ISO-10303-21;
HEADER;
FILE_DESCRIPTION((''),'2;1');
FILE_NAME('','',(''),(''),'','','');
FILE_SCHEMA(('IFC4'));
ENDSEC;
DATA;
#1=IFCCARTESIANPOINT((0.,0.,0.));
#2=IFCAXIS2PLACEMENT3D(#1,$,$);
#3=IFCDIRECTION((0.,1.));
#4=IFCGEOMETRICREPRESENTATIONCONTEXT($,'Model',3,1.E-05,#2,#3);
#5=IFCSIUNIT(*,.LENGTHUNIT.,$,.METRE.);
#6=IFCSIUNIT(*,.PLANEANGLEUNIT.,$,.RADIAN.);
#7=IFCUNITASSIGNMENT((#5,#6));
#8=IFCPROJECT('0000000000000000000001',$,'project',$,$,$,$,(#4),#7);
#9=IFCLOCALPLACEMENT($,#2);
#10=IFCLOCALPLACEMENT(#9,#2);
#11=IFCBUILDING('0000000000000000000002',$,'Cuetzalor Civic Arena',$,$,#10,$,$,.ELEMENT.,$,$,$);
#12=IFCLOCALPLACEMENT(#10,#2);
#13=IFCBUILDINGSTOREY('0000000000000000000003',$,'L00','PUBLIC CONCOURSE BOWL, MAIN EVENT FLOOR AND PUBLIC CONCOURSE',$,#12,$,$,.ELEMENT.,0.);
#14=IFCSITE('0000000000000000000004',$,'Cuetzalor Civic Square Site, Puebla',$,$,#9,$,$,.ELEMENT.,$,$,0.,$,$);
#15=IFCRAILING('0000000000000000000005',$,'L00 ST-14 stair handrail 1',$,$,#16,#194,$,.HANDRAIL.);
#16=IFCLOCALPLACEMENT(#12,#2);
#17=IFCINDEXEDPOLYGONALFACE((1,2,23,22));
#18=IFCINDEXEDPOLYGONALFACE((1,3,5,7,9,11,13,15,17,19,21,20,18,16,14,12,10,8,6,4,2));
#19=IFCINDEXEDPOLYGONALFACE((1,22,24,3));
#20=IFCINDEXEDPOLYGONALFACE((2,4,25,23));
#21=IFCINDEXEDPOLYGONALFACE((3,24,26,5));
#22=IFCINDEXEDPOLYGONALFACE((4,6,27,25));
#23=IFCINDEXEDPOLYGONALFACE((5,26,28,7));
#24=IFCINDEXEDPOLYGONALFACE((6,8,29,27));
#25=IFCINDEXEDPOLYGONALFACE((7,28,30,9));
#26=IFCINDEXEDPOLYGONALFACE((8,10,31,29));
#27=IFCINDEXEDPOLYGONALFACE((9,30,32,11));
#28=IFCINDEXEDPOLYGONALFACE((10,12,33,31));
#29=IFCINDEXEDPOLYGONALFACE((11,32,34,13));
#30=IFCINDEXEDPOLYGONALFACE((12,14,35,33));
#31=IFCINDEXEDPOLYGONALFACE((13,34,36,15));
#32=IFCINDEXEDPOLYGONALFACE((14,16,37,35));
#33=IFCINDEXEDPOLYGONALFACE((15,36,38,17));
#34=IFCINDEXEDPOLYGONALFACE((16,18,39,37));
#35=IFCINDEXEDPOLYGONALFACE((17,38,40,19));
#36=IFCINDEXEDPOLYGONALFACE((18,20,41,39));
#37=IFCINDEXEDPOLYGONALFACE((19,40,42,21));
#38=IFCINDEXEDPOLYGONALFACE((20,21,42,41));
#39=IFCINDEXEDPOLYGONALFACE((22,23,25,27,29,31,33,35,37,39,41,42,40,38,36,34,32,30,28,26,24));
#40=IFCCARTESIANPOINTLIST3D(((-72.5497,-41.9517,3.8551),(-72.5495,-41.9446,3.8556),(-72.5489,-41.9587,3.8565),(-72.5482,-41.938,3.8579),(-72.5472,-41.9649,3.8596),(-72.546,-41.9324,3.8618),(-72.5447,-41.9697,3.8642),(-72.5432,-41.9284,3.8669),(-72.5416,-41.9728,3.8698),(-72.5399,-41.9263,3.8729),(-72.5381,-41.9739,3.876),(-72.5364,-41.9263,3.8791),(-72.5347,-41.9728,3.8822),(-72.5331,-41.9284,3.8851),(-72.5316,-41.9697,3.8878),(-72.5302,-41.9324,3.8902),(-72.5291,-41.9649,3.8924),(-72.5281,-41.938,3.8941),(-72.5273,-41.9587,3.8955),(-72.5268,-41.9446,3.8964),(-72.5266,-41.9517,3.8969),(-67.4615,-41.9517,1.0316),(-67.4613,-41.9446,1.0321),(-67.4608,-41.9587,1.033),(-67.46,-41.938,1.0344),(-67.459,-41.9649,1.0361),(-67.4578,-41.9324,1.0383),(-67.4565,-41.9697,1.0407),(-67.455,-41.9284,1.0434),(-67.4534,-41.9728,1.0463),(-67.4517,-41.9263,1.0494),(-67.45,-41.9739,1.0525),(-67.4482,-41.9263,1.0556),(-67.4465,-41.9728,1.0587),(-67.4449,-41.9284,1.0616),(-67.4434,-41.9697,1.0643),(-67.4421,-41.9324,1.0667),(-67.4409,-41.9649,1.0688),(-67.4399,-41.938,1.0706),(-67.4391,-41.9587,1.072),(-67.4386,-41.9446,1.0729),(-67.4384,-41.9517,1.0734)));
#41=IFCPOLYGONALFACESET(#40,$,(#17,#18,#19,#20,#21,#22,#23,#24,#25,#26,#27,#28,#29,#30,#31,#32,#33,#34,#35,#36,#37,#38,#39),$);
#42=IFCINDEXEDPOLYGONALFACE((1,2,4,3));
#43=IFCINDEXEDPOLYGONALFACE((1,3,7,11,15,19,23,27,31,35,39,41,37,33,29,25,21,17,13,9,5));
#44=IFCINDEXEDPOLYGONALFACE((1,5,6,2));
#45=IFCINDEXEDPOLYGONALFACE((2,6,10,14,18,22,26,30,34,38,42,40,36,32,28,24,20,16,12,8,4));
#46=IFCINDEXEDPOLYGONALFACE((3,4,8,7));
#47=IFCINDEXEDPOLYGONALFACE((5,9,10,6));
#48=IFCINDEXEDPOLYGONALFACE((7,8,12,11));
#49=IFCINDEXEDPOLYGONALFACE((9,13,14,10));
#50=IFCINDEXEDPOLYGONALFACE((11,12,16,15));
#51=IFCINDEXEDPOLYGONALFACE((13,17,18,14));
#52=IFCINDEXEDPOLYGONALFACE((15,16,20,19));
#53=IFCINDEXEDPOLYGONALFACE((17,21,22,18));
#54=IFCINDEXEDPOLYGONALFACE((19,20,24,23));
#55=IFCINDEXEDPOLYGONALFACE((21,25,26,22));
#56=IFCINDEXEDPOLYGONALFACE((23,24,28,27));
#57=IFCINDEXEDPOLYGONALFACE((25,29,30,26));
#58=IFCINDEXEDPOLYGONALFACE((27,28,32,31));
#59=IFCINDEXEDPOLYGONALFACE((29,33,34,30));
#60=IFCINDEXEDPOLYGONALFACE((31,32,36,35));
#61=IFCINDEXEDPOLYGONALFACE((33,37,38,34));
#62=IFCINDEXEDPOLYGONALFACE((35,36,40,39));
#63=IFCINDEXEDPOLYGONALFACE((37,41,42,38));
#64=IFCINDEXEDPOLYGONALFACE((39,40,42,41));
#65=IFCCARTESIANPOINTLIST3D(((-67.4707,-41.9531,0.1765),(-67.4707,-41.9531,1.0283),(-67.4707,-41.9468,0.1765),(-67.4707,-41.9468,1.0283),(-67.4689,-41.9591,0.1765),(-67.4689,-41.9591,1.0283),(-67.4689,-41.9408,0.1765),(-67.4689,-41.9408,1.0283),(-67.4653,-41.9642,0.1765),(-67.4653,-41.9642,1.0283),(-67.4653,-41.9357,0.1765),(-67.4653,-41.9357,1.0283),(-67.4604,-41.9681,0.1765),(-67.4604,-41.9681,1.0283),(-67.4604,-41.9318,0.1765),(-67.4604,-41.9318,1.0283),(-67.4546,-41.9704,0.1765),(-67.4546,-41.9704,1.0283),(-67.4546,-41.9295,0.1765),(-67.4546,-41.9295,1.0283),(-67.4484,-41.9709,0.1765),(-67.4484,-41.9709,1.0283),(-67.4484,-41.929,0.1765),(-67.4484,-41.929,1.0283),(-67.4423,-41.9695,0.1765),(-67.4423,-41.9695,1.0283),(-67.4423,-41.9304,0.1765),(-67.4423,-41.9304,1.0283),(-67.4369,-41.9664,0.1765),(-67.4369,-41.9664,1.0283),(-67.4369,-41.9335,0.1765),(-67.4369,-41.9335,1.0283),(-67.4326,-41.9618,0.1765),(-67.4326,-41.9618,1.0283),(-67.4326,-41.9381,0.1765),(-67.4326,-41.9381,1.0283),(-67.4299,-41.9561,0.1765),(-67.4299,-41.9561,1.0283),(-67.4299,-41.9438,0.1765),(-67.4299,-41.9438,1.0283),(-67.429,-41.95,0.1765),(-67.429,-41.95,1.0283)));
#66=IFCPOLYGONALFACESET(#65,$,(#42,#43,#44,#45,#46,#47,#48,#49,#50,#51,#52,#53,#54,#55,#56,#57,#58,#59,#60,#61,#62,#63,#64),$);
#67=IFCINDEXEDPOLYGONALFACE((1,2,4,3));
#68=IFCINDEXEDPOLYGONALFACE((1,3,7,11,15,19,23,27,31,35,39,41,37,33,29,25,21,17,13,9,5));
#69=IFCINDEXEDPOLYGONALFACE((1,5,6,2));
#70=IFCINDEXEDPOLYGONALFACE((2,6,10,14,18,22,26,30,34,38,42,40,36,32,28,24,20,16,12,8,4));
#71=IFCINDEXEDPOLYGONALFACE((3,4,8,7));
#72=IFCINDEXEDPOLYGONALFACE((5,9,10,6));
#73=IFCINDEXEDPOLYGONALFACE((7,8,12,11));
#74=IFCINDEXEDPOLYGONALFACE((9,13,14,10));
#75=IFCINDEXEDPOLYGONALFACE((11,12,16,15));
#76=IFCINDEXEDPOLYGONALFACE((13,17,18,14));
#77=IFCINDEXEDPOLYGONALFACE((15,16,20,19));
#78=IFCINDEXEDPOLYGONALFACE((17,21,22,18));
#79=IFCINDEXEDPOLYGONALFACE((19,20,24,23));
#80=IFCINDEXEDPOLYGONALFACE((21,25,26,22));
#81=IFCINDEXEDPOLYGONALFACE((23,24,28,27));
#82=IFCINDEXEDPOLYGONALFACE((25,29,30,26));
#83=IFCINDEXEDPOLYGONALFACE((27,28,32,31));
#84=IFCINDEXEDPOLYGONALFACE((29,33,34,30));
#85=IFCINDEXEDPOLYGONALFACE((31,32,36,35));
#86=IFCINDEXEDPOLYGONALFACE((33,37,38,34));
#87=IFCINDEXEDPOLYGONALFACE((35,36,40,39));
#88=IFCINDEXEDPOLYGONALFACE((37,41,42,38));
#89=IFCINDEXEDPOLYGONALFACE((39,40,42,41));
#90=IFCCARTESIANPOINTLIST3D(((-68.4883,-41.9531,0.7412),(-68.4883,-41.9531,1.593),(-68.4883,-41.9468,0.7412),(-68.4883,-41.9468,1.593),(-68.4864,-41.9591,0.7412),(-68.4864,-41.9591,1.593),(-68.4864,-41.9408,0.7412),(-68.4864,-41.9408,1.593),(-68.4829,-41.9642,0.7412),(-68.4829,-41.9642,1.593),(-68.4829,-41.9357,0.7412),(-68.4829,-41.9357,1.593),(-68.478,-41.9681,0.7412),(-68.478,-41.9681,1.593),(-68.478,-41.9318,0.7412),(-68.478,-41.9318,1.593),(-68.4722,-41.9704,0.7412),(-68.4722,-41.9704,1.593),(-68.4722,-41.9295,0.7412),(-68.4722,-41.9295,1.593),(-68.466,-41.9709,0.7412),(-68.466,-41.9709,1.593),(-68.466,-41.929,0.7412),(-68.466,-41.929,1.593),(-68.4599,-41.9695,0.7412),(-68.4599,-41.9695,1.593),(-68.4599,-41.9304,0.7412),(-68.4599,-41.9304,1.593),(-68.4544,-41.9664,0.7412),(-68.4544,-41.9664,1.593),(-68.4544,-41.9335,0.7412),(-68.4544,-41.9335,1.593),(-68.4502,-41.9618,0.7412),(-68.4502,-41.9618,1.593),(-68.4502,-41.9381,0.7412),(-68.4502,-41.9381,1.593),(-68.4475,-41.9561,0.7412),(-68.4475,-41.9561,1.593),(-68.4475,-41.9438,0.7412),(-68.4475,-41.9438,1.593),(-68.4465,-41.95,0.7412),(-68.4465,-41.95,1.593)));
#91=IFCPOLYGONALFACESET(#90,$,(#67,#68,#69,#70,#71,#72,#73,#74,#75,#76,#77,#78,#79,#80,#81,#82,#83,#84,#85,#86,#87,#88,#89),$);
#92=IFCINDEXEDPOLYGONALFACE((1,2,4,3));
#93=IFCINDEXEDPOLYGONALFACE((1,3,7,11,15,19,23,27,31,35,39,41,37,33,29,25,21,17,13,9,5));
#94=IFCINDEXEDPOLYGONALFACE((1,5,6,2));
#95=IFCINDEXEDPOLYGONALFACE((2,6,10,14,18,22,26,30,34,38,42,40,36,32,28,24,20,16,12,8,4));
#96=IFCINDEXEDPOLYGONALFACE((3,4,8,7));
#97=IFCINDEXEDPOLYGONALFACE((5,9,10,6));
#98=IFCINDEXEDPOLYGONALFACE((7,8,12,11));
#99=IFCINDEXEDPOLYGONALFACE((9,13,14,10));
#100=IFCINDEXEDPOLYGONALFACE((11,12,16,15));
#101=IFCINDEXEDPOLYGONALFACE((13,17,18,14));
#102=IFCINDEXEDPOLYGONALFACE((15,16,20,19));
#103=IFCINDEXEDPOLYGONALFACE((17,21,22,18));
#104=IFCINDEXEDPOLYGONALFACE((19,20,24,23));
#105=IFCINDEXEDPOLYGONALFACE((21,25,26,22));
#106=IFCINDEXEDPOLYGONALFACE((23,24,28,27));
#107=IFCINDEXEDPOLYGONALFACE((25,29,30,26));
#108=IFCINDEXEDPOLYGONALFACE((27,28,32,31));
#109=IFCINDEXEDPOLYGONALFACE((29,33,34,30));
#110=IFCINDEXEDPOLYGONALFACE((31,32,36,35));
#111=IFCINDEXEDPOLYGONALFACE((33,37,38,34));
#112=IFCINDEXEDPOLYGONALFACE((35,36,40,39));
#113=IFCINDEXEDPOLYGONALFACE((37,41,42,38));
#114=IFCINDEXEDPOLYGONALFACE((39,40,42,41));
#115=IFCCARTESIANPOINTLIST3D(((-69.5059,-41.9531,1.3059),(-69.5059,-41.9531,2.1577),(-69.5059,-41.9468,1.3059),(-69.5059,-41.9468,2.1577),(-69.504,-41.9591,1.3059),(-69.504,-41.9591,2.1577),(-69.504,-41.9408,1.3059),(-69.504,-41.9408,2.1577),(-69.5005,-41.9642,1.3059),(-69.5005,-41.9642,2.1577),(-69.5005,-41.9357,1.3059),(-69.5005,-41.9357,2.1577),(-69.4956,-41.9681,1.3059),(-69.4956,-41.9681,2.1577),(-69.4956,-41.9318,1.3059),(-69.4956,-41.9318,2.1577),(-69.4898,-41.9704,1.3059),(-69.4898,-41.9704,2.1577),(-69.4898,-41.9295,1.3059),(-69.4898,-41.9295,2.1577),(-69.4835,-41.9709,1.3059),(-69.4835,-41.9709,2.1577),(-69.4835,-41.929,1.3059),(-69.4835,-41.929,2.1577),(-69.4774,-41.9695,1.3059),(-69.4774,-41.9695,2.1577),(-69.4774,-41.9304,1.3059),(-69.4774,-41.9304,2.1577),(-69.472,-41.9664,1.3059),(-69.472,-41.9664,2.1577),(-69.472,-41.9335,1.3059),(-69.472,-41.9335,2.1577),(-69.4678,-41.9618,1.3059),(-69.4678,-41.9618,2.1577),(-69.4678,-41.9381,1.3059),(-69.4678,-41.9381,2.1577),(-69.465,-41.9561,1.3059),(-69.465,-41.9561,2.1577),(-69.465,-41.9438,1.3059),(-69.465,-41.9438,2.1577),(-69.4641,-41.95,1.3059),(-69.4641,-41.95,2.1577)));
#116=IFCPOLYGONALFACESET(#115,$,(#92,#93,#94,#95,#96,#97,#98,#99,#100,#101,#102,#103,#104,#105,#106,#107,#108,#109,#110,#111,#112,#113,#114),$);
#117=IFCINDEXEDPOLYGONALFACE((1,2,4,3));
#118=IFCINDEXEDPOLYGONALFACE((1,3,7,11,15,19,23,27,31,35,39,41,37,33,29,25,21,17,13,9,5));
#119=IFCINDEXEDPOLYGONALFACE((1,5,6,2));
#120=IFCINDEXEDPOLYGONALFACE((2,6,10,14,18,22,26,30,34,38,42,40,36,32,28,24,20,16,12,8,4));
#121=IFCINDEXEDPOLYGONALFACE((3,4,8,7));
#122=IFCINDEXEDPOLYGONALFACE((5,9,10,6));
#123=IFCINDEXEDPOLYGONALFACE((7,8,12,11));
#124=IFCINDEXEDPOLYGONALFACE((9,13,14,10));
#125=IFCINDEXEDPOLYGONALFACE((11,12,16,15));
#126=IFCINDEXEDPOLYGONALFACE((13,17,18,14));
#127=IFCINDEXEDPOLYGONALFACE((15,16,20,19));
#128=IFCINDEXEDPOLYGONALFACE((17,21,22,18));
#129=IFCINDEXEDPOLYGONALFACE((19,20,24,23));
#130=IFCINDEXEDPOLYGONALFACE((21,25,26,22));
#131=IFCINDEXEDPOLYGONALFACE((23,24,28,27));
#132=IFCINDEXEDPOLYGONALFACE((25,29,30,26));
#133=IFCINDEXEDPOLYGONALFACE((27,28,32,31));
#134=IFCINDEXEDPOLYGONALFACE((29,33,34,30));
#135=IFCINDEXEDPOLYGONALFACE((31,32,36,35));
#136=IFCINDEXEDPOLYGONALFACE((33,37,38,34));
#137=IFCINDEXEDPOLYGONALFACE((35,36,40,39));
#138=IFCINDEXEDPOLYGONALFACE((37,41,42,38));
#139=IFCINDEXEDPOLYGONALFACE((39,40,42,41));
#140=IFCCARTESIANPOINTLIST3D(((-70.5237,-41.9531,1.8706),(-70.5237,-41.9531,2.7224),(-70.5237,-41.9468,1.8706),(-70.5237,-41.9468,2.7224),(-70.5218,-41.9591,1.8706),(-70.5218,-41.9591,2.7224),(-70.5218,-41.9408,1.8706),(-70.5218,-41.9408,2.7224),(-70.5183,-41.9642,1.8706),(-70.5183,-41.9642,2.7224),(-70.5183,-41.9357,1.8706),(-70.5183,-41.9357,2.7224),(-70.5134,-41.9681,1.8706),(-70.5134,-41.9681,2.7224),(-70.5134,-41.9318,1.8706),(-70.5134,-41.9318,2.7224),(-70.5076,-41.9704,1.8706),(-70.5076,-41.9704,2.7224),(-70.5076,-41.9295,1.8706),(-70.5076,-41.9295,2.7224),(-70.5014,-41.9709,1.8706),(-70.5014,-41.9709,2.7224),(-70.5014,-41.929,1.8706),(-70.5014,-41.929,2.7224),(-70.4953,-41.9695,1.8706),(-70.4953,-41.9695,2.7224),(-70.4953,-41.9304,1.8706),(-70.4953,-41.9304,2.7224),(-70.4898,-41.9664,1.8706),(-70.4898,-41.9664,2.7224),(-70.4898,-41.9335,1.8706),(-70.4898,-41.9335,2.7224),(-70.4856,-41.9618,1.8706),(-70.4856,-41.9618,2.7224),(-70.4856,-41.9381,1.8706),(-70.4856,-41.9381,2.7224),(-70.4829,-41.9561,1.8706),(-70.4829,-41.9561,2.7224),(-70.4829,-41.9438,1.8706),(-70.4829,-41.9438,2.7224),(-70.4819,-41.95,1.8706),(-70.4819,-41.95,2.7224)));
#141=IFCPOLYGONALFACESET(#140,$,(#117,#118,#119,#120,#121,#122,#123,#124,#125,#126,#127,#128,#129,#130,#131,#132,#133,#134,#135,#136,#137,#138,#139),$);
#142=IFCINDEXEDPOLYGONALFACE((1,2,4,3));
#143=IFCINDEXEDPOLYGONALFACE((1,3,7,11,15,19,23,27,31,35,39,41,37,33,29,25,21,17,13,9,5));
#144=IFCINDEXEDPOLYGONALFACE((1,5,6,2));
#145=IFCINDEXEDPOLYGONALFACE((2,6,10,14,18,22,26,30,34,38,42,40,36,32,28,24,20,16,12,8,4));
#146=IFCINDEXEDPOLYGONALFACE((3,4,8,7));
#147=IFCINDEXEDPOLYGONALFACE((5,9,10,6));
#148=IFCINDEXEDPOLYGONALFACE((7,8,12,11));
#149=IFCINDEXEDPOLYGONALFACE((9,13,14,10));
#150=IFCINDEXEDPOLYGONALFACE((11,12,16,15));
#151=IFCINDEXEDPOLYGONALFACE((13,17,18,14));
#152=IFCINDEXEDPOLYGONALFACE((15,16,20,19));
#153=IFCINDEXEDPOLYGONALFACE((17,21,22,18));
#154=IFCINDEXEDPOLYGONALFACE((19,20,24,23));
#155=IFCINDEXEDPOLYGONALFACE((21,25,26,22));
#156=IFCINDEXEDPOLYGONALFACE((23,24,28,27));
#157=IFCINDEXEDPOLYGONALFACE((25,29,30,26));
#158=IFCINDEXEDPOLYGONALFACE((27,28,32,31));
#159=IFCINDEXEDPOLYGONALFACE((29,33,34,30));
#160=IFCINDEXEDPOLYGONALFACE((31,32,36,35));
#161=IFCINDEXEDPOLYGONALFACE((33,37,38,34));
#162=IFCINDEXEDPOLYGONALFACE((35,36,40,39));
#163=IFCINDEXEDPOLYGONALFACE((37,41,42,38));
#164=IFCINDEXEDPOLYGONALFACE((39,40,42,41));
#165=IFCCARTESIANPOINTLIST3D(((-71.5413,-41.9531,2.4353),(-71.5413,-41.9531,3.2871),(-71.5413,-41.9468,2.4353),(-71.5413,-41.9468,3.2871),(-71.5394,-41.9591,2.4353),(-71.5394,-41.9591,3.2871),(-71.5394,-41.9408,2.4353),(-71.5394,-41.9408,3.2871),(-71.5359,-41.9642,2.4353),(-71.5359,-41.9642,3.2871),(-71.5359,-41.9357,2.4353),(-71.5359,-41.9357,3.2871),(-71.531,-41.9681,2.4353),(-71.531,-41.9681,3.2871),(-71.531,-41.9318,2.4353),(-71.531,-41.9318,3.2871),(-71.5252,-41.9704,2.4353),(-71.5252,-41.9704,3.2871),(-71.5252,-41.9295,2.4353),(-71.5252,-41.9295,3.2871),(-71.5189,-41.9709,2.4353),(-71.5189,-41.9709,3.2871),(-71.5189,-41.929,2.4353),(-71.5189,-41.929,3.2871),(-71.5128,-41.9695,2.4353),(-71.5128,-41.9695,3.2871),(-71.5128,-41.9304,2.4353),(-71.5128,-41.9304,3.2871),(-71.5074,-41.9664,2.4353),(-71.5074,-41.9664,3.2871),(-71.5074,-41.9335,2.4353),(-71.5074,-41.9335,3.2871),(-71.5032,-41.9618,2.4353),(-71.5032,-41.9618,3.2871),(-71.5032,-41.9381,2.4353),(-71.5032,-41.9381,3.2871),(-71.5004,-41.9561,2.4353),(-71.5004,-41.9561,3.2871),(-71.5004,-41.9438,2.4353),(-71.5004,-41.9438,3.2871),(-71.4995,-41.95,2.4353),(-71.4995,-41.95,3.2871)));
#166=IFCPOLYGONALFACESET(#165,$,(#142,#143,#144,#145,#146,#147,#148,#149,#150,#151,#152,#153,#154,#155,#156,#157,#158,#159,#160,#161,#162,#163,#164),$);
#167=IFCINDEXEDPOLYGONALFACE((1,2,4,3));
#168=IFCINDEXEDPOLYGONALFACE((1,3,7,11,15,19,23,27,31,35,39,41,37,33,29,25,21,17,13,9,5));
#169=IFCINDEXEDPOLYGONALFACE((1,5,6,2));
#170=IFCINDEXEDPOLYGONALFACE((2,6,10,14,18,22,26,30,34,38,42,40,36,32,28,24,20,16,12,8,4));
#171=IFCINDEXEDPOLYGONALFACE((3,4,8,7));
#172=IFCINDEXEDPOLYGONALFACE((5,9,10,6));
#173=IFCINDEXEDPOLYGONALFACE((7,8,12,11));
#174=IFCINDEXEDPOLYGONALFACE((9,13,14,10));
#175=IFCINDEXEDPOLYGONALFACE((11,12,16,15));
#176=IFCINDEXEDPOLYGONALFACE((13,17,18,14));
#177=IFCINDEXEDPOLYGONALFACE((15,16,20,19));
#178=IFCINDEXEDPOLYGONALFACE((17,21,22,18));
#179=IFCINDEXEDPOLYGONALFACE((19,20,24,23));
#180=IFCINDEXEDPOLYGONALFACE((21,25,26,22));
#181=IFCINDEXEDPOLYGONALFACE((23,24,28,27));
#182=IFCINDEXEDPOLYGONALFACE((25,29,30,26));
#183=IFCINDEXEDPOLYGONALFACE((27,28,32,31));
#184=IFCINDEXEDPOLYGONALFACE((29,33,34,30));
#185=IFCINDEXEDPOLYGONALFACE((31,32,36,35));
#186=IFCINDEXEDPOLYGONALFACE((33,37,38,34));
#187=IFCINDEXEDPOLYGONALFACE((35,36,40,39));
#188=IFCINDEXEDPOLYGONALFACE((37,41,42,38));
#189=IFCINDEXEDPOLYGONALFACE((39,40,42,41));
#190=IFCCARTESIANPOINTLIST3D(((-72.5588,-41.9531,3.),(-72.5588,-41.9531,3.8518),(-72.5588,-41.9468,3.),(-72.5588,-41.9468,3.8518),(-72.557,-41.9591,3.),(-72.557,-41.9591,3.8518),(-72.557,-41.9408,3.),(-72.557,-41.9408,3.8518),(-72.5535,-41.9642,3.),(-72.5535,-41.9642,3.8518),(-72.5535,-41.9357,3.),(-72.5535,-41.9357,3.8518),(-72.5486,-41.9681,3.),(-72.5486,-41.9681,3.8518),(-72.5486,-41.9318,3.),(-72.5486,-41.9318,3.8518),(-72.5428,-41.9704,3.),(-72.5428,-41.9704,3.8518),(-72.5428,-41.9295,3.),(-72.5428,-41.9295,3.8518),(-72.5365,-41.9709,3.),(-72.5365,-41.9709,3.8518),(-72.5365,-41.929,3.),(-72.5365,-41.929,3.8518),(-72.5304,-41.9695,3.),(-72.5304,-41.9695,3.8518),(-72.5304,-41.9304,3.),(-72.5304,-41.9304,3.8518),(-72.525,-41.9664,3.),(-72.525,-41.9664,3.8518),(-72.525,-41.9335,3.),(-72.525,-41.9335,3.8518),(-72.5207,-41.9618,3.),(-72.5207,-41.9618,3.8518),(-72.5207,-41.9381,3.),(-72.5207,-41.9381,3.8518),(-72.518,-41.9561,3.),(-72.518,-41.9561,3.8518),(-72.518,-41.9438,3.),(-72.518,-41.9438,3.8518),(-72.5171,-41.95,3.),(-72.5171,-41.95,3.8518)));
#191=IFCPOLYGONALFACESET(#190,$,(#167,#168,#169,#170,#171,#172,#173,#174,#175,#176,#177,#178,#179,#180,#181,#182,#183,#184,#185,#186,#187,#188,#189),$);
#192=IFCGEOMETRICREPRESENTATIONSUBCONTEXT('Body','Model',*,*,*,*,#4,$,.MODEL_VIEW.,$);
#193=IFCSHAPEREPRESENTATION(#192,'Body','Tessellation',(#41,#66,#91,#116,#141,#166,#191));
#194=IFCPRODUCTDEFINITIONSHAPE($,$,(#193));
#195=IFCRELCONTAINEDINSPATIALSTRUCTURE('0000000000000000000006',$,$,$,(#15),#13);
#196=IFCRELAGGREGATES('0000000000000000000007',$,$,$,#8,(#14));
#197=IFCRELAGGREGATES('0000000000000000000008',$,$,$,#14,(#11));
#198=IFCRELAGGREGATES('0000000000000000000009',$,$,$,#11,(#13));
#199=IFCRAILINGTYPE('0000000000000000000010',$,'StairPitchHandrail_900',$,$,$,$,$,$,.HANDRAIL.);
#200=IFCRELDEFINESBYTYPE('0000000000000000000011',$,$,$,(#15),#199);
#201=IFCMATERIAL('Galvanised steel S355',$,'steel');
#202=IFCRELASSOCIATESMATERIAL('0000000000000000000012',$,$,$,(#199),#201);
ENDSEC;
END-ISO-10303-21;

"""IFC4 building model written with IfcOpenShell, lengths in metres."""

from ifc_helpers import new_model, si_unit, direction, frame, origin, origin_2d, place, context, subcontext, project, spatial, circle, extrude, material, type_object, element, save


model = new_model("IFC4")

# Units and contexts
model_context = context("Model", 3, precision=1e-05, world=origin(), true_north=direction((0.0, 1.0)))
body_context = subcontext(model_context, "Body", "Model", "MODEL_VIEW")
ifc_project = project(units=[si_unit("LENGTHUNIT", "METRE"), si_unit("PLANEANGLEUNIT", "RADIAN")], contexts=[model_context])

# Site, building, storey
site_placement = place(None, origin())
site = spatial("IfcSite", under=ifc_project, at=site_placement, Name="Cuetzalor Civic Square Site, Puebla", CompositionType="ELEMENT", RefElevation=0.0)
building_placement = place(site_placement, origin())
building = spatial("IfcBuilding", under=site, at=building_placement, Name="Cuetzalor Civic Arena", CompositionType="ELEMENT")
storey_placement = place(building_placement, origin())
storey = spatial("IfcBuildingStorey", under=building, at=storey_placement, Name="L00", Description="PUBLIC CONCOURSE BOWL, MAIN EVENT FLOOR AND PUBLIC CONCOURSE", CompositionType="ELEMENT", Elevation=0.0)

# Railing
ifc_material_1 = material(Name="Galvanised steel S355", Category="steel")
railing_type_1 = type_object("IfcRailingType", Name="StairPitchHandrail_900", PredefinedType="HANDRAIL", material=ifc_material_1)
for number, where, name in (
    (1, (-67.45, -41.95, 0.1765), "L00 ST-14 stair handrail 1"),
):
    element("IfcRailing", number, at=place(storey_placement, frame(where)), inside=storey, type_object=railing_type_1, Name=name, PredefinedType="HANDRAIL", context=body_context, shape_type="SweptSolid", body=[
        extrude(circle(Radius=0.0239, at=origin_2d()), frame((0.0, 0.0, 0.876), z_axis=(-0.874395, 0.0, 0.485215), x_axis=(0.0, -1.0, 0.0)), (0.0, 0.0, 1.0), 5.8191),
        extrude(circle(Radius=0.021, at=origin_2d()), origin(), (0.0, 0.0, 1.0), 0.8518),
        extrude(circle(Radius=0.021, at=origin_2d()), frame((-1.0176, 0.0, 0.5647)), (0.0, 0.0, 1.0), 0.8518),
        extrude(circle(Radius=0.021, at=origin_2d()), frame((-2.0352, 0.0, 1.1294)), (0.0, 0.0, 1.0), 0.8518),
        extrude(circle(Radius=0.021, at=origin_2d()), frame((-3.053, 0.0, 1.6941)), (0.0, 0.0, 1.0), 0.8518),
        extrude(circle(Radius=0.021, at=origin_2d()), frame((-4.0706, 0.0, 2.2588)), (0.0, 0.0, 1.0), 0.8518),
        extrude(circle(Radius=0.021, at=origin_2d()), frame((-5.0881, 0.0, 2.8235)), (0.0, 0.0, 1.0), 0.8518),
    ])

save(model, "model.ifc")
